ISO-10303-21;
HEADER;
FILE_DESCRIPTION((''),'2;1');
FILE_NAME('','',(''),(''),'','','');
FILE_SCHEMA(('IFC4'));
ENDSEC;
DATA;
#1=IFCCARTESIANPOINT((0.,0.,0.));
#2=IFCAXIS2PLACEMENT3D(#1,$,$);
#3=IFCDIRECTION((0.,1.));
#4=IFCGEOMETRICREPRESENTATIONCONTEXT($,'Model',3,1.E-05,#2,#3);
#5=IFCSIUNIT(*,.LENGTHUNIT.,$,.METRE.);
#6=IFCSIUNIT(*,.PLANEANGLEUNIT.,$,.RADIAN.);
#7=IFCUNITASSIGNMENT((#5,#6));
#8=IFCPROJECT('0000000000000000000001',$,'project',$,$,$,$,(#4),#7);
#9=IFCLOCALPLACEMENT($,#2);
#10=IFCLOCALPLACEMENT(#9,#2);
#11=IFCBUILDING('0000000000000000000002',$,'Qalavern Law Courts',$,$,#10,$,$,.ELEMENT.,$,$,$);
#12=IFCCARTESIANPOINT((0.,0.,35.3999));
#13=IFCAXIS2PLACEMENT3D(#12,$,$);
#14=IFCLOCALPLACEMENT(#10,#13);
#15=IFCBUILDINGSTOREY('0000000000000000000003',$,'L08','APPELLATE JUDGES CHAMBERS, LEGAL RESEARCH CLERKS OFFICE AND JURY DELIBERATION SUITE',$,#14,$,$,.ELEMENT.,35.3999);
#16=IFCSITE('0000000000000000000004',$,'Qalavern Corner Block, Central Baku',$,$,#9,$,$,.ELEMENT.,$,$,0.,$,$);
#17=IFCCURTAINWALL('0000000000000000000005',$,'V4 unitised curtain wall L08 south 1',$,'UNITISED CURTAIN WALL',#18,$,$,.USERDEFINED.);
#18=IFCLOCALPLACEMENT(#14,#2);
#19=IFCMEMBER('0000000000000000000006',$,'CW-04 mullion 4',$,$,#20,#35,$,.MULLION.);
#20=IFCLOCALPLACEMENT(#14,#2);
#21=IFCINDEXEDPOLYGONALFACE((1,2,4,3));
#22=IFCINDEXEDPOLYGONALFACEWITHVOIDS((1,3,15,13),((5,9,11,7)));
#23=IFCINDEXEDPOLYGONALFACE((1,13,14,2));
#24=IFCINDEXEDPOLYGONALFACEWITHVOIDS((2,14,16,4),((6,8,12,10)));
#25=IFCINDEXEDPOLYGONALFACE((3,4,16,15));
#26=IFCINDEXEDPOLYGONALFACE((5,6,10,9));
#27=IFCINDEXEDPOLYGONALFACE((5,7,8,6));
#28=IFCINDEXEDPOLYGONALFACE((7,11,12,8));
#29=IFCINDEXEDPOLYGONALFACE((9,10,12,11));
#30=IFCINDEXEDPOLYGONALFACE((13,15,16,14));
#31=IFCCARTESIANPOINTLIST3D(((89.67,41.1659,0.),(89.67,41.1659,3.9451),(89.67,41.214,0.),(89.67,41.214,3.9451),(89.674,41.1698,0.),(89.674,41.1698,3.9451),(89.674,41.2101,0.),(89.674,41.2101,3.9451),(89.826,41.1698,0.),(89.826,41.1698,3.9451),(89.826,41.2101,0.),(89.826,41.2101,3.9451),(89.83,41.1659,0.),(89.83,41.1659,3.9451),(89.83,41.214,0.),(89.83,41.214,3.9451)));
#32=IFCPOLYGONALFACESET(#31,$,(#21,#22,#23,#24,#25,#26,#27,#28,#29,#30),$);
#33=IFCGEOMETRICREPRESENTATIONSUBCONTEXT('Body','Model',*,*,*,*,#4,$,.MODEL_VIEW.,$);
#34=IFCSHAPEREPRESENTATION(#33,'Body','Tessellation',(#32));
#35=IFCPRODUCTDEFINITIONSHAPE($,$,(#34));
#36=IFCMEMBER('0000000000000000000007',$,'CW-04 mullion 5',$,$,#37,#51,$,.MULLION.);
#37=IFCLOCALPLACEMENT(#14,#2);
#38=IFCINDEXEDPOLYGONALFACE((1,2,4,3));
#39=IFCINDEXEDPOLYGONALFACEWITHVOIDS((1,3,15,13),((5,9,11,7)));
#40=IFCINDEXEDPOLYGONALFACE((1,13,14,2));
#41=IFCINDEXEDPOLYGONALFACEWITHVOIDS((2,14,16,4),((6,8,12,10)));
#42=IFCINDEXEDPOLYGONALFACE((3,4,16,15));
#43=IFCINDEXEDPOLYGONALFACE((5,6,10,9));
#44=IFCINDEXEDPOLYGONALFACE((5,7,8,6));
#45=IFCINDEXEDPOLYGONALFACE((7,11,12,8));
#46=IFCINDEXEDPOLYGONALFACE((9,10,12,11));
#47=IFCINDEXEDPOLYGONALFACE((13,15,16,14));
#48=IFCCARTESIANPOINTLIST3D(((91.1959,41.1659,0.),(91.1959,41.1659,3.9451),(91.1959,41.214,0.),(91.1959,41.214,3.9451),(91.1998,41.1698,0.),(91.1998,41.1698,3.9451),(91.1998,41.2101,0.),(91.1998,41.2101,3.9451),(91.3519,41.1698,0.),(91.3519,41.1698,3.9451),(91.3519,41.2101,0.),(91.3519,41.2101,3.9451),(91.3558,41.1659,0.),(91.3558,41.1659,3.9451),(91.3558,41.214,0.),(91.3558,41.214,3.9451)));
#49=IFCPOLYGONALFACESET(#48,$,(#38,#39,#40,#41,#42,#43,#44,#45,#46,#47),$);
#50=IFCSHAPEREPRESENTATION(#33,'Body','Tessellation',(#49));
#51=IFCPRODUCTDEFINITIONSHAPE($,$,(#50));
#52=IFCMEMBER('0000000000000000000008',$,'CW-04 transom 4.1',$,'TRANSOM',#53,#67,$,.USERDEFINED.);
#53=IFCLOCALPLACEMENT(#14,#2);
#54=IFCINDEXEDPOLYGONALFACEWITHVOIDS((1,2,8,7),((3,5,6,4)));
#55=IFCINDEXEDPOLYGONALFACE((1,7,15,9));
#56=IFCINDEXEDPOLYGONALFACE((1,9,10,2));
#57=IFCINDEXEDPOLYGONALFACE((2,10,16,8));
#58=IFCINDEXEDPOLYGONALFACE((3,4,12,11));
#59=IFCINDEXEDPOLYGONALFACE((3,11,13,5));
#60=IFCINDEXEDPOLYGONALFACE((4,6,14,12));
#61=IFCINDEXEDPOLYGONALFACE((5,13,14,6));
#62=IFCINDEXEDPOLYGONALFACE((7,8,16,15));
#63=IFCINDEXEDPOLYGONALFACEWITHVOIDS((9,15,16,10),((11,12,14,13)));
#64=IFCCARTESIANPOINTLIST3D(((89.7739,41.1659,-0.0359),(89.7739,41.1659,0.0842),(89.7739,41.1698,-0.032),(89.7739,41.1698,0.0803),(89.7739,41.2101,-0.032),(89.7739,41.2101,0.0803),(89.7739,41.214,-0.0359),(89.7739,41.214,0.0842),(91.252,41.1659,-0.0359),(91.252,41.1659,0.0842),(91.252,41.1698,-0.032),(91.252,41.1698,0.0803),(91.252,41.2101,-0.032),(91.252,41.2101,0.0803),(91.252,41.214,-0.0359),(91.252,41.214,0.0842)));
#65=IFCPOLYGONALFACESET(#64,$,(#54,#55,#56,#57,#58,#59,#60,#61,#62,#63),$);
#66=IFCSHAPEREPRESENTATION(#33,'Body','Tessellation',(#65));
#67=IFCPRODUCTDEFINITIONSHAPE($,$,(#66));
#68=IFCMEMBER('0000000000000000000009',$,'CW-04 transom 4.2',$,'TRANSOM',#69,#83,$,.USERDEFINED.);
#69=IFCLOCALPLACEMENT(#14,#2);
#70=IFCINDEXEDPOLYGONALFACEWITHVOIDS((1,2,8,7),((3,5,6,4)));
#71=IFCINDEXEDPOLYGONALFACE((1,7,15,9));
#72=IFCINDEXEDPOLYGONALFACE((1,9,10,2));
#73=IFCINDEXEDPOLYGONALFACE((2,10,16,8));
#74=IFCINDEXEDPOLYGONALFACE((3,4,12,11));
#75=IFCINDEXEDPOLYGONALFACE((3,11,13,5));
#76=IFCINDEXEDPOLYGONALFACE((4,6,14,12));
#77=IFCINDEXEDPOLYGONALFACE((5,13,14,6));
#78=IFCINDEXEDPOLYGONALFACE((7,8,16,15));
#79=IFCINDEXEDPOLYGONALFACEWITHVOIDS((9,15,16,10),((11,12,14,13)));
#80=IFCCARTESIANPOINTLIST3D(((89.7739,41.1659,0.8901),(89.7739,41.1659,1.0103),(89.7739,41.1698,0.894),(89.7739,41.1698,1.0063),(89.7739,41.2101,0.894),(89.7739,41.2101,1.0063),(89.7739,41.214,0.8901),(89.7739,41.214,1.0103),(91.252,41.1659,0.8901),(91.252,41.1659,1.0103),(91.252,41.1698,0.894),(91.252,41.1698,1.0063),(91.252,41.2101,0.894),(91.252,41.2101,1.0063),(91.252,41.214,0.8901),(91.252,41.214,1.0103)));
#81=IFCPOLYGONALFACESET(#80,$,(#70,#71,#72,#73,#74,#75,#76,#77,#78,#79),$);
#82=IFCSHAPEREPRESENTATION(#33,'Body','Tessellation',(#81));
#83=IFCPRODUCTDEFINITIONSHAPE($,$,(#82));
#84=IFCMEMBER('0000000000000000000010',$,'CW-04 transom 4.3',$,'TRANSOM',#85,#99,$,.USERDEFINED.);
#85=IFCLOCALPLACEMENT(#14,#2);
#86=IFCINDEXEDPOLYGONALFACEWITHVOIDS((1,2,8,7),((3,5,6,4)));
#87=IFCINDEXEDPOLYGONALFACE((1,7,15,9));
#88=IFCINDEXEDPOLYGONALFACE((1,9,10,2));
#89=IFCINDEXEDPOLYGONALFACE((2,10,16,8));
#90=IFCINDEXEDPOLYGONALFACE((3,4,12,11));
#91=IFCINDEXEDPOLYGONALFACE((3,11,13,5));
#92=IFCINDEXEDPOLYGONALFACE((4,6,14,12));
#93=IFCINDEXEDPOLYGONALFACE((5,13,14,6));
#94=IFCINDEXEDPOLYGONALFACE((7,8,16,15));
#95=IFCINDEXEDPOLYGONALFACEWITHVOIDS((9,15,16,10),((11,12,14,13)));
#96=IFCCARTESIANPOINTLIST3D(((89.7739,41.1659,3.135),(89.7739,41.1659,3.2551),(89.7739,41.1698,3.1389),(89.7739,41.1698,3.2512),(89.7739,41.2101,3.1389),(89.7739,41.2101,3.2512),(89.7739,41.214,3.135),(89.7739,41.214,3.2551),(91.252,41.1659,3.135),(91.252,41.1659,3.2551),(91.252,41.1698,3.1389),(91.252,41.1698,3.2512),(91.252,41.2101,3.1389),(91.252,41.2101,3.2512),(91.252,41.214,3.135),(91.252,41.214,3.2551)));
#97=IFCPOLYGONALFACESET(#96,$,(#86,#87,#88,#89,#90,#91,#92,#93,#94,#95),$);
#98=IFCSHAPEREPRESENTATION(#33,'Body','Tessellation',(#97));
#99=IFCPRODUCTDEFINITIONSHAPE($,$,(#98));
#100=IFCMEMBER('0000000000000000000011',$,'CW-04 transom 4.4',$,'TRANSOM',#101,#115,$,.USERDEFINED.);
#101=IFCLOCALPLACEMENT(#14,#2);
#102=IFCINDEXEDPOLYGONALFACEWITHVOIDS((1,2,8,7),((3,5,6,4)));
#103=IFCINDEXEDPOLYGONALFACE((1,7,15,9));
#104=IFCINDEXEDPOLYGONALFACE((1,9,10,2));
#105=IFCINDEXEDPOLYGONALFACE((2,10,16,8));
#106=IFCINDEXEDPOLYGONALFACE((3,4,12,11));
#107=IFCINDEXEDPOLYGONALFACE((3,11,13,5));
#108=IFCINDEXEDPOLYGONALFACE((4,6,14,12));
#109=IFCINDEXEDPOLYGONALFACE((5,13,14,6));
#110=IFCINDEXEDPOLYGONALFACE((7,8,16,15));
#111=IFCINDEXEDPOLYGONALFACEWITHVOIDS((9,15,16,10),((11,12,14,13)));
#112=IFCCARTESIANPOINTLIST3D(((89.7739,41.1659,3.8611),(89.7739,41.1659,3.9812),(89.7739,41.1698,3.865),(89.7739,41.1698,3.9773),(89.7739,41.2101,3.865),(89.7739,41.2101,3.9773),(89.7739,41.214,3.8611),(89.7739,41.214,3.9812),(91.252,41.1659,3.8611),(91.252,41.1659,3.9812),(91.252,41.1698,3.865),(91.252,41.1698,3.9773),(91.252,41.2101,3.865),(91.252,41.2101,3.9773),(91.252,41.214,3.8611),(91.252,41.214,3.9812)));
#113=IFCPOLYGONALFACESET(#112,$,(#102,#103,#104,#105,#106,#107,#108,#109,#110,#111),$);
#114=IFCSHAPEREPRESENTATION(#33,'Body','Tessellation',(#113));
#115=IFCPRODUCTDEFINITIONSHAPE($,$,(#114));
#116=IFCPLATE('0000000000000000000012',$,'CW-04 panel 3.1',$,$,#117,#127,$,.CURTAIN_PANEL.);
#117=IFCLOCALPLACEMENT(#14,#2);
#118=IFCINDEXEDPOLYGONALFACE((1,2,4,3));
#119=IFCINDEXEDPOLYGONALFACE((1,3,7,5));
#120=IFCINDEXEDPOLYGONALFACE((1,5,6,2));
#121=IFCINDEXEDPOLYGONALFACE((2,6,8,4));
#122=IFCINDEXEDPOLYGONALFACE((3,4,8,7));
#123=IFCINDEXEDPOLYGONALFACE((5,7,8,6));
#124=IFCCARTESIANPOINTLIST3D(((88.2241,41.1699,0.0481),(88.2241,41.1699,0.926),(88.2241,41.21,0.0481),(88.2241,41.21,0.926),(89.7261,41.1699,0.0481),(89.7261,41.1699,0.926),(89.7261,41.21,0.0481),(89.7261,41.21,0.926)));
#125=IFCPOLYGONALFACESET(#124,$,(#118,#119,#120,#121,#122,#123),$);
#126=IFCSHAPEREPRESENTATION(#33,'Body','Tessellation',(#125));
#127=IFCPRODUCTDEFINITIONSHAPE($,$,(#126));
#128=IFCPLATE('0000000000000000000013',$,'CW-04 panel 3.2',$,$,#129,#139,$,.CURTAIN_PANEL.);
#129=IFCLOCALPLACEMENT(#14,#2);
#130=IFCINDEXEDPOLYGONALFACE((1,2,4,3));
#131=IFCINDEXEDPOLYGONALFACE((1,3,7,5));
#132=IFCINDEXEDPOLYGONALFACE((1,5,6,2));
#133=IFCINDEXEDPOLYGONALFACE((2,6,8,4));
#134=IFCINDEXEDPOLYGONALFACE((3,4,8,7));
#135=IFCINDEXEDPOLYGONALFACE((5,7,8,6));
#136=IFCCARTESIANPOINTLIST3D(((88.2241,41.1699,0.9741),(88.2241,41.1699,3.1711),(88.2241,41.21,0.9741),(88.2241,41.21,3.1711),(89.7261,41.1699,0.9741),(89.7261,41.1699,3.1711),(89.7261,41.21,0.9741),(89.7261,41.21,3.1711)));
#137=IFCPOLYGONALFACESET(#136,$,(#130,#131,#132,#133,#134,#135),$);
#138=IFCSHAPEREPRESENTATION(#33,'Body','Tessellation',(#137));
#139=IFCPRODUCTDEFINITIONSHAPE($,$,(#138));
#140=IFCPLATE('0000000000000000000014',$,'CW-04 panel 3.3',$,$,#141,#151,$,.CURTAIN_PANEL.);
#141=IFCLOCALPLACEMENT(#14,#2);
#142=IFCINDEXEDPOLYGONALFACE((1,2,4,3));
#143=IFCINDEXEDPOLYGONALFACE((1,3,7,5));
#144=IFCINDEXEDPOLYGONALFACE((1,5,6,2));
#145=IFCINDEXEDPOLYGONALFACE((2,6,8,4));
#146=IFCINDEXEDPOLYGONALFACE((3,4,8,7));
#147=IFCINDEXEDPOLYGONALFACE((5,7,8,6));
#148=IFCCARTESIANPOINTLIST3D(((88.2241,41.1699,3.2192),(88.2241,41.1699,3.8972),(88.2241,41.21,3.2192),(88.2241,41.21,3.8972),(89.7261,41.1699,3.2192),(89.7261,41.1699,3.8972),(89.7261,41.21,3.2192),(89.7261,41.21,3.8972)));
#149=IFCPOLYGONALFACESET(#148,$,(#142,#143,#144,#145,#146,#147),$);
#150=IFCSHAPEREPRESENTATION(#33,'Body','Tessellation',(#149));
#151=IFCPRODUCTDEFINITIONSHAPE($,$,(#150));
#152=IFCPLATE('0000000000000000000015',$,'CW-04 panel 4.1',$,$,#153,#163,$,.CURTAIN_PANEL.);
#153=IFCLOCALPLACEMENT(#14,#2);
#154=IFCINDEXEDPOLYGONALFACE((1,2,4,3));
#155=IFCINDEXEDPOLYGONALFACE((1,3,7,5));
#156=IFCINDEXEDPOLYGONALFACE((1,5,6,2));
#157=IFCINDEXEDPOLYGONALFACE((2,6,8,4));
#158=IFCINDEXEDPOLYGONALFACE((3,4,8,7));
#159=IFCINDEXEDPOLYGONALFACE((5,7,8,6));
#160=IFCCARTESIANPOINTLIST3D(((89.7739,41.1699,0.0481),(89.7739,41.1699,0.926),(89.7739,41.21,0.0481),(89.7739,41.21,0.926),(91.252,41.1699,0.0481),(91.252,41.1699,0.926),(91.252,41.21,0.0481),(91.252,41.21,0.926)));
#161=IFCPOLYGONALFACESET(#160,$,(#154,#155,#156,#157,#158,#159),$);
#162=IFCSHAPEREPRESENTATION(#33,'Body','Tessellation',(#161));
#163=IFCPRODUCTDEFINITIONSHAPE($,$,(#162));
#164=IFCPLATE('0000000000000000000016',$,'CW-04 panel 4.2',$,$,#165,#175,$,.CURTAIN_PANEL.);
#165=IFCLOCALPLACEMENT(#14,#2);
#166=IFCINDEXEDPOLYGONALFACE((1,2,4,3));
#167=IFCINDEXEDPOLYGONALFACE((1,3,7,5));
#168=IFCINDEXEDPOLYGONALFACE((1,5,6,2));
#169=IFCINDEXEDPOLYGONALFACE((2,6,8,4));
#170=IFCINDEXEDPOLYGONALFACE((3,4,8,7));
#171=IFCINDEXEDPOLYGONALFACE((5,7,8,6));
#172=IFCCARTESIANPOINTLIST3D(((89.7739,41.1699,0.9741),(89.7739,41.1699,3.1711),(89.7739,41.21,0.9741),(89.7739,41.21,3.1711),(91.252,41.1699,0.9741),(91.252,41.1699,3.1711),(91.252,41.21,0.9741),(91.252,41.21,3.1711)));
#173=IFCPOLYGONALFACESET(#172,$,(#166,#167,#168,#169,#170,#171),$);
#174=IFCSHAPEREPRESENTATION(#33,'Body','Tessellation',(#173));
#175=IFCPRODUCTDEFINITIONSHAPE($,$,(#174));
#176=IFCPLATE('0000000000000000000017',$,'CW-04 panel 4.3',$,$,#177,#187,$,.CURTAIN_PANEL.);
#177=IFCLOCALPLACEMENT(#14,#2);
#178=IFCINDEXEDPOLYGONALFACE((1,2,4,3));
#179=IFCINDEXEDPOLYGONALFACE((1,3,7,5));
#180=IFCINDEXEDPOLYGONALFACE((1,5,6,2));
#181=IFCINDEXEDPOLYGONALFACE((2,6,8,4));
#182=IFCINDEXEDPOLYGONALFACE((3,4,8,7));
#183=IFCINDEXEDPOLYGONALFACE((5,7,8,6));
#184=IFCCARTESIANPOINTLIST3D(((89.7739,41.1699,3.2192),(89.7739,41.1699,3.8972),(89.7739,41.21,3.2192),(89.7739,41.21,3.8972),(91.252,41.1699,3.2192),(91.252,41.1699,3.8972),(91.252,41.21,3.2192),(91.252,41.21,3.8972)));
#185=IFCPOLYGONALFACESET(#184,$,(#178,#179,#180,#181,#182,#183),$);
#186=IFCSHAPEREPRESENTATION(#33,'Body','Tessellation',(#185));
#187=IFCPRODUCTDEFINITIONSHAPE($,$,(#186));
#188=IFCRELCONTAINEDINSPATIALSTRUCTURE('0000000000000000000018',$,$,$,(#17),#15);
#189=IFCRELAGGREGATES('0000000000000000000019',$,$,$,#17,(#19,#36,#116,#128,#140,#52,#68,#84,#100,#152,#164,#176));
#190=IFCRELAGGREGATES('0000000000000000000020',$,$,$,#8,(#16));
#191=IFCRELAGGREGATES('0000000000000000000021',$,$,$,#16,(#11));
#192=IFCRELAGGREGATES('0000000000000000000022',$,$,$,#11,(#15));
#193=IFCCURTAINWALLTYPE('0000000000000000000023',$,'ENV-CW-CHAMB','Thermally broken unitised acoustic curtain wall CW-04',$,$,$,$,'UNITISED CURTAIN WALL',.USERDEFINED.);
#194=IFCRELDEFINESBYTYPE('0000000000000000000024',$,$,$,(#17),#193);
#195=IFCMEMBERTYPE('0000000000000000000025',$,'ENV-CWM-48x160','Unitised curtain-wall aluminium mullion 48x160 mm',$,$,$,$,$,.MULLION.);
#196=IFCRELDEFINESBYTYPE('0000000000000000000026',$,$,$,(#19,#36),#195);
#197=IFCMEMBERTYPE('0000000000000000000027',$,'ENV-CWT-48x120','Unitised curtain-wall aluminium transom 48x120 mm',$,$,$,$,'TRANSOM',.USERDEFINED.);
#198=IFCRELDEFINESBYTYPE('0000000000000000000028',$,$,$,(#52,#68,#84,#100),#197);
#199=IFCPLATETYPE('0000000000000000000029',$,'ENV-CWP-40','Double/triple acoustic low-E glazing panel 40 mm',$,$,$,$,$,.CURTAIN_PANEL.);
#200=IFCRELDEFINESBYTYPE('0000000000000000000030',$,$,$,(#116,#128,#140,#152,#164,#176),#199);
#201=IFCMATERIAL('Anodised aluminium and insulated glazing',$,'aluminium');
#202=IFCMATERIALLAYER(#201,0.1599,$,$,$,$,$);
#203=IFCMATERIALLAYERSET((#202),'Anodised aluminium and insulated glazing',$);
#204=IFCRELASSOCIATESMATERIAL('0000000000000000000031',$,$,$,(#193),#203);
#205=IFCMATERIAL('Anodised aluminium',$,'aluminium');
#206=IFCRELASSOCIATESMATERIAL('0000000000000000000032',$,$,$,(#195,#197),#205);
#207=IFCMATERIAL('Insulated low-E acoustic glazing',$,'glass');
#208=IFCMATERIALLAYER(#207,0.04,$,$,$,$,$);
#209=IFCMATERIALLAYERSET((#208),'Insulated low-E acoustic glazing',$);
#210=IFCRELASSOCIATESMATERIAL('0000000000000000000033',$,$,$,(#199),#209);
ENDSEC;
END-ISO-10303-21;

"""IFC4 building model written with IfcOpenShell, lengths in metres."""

from ifc_helpers import new_model, si_unit, direction, frame, origin, origin_2d, place, context, subcontext, project, spatial, rectangle, hollow_rectangle, extrude, material, layer, layer_set, material_profile, profile_set, type_object, element, aggregate, save


model = new_model("IFC4")

# Units and contexts
model_context = context("Model", 3, precision=1e-05, world=origin(), true_north=direction((0.0, 1.0)))
body_context = subcontext(model_context, "Body", "Model", "MODEL_VIEW")
ifc_project = project(units=[si_unit("LENGTHUNIT", "METRE"), si_unit("PLANEANGLEUNIT", "RADIAN")], contexts=[model_context])

# Site, building, storey
site_placement = place(None, origin())
site = spatial("IfcSite", under=ifc_project, at=site_placement, Name="Qalavern Corner Block, Central Baku", CompositionType="ELEMENT", RefElevation=0.0)
building_placement = place(site_placement, origin())
building = spatial("IfcBuilding", under=site, at=building_placement, Name="Qalavern Law Courts", CompositionType="ELEMENT")
storey_placement = place(building_placement, frame((0.0, 0.0, 35.3999)))
storey = spatial("IfcBuildingStorey", under=building, at=storey_placement, Name="L08", Description="APPELLATE JUDGES CHAMBERS, LEGAL RESEARCH CLERKS OFFICE AND JURY DELIBERATION SUITE", CompositionType="ELEMENT", Elevation=35.3999)

# Curtain wall, members, plates
ifc_material_1 = material(Name="Anodised aluminium and insulated glazing", Category="aluminium")
ifc_layer_1 = layer(ifc_material_1, 0.1599)
ifc_layer_set_1 = layer_set([ifc_layer_1], Name="Anodised aluminium and insulated glazing")
curtain_wall_type = type_object("IfcCurtainWallType", Name="ENV-CW-CHAMB", Description="Thermally broken unitised acoustic curtain wall CW-04", ElementType="UNITISED CURTAIN WALL", PredefinedType="USERDEFINED", material=ifc_layer_set_1)
curtain_wall_placement = place(storey_placement, origin())
curtain_wall = element("IfcCurtainWall", 1, at=curtain_wall_placement, inside=storey, type_object=curtain_wall_type, Name="V4 unitised curtain wall L08 south 1", ObjectType="UNITISED CURTAIN WALL", PredefinedType="USERDEFINED")
ifc_material_2 = material(Name="Anodised aluminium", Category="aluminium")
ifc_material_profile_1 = material_profile(ifc_material_2, hollow_rectangle(XDim=0.0481, YDim=0.1599, WallThickness=0.0039, at=origin_2d()), Name="ALU MULLION 48x160")
ifc_profile_set_1 = profile_set([ifc_material_profile_1], Name="Anodised aluminium")
member_type_1 = type_object("IfcMemberType", Name="ENV-CWM-48x160", Description="Unitised curtain-wall aluminium mullion 48x160 mm", PredefinedType="MULLION", material=ifc_profile_set_1)
member_1_placement = place(storey_placement, frame((89.75, 41.1899, 0.0), z_axis=(0.0, 0.0, 1.0), x_axis=(0.0, 1.0, 0.0)))
member_1 = element("IfcMember", 2, at=member_1_placement, type_object=member_type_1, Name="CW-04 mullion 4", PredefinedType="MULLION", context=body_context, shape_type="SweptSolid", body=[
    extrude(hollow_rectangle(XDim=0.0481, YDim=0.1599, WallThickness=0.0039, at=origin_2d()), origin(), (0.0, 0.0, 1.0), 3.9451),
])
member_2_placement = place(storey_placement, frame((91.2759, 41.1899, 0.0), z_axis=(0.0, 0.0, 1.0), x_axis=(0.0, 1.0, 0.0)))
member_2 = element("IfcMember", 3, at=member_2_placement, type_object=member_type_1, Name="CW-04 mullion 5", PredefinedType="MULLION", context=body_context, shape_type="SweptSolid", body=[
    extrude(hollow_rectangle(XDim=0.0481, YDim=0.1599, WallThickness=0.0039, at=origin_2d()), origin(), (0.0, 0.0, 1.0), 3.9451),
])
ifc_material_profile_2 = material_profile(ifc_material_2, hollow_rectangle(XDim=0.0481, YDim=0.1201, WallThickness=0.0039, at=origin_2d()), Name="ALU TRANSOM 48x120")
ifc_profile_set_2 = profile_set([ifc_material_profile_2], Name="Anodised aluminium")
member_type_2 = type_object("IfcMemberType", Name="ENV-CWT-48x120", Description="Unitised curtain-wall aluminium transom 48x120 mm", ElementType="TRANSOM", PredefinedType="USERDEFINED", material=ifc_profile_set_2)
member_3_placement = place(storey_placement, frame((89.7739, 41.1899, 0.0242), z_axis=(1.0, 0.0, 0.0), x_axis=(0.0, 1.0, 0.0)))
member_3 = element("IfcMember", 4, at=member_3_placement, type_object=member_type_2, Name="CW-04 transom 4.1", ObjectType="TRANSOM", PredefinedType="USERDEFINED", context=body_context, shape_type="SweptSolid", body=[
    extrude(hollow_rectangle(XDim=0.0481, YDim=0.1201, WallThickness=0.0039, at=origin_2d()), origin(), (0.0, 0.0, 1.0), 1.478),
])
member_4_placement = place(storey_placement, frame((89.7739, 41.1899, 0.9502), z_axis=(1.0, 0.0, 0.0), x_axis=(0.0, 1.0, 0.0)))
member_4 = element("IfcMember", 5, at=member_4_placement, type_object=member_type_2, Name="CW-04 transom 4.2", ObjectType="TRANSOM", PredefinedType="USERDEFINED", context=body_context, shape_type="SweptSolid", body=[
    extrude(hollow_rectangle(XDim=0.0481, YDim=0.1201, WallThickness=0.0039, at=origin_2d()), origin(), (0.0, 0.0, 1.0), 1.478),
])
member_5_placement = place(storey_placement, frame((89.7739, 41.1899, 3.1951), z_axis=(1.0, 0.0, 0.0), x_axis=(0.0, 1.0, 0.0)))
member_5 = element("IfcMember", 6, at=member_5_placement, type_object=member_type_2, Name="CW-04 transom 4.3", ObjectType="TRANSOM", PredefinedType="USERDEFINED", context=body_context, shape_type="SweptSolid", body=[
    extrude(hollow_rectangle(XDim=0.0481, YDim=0.1201, WallThickness=0.0039, at=origin_2d()), origin(), (0.0, 0.0, 1.0), 1.478),
])
member_6_placement = place(storey_placement, frame((89.7739, 41.1899, 3.9211), z_axis=(1.0, 0.0, 0.0), x_axis=(0.0, 1.0, 0.0)))
member_6 = element("IfcMember", 7, at=member_6_placement, type_object=member_type_2, Name="CW-04 transom 4.4", ObjectType="TRANSOM", PredefinedType="USERDEFINED", context=body_context, shape_type="SweptSolid", body=[
    extrude(hollow_rectangle(XDim=0.0481, YDim=0.1201, WallThickness=0.0039, at=origin_2d()), origin(), (0.0, 0.0, 1.0), 1.478),
])
ifc_material_3 = material(Name="Insulated low-E acoustic glazing", Category="glass")
ifc_layer_2 = layer(ifc_material_3, 0.04)
ifc_layer_set_2 = layer_set([ifc_layer_2], Name="Insulated low-E acoustic glazing")
plate_type = type_object("IfcPlateType", Name="ENV-CWP-40", Description="Double/triple acoustic low-E glazing panel 40 mm", PredefinedType="CURTAIN_PANEL", material=ifc_layer_set_2)
plate_1_placement = place(storey_placement, frame((88.9751, 41.1899, 0.0481), z_axis=(0.0, 0.0, 1.0), x_axis=(1.0, 0.0, 0.0)))
plate_1 = element("IfcPlate", 8, at=plate_1_placement, type_object=plate_type, Name="CW-04 panel 3.1", PredefinedType="CURTAIN_PANEL", context=body_context, shape_type="SweptSolid", body=[
    extrude(rectangle(XDim=1.502, YDim=0.04, at=origin_2d()), origin(), (0.0, 0.0, 1.0), 0.8779),
])
plate_2_placement = place(storey_placement, frame((88.9751, 41.1899, 0.9741), z_axis=(0.0, 0.0, 1.0), x_axis=(1.0, 0.0, 0.0)))
plate_2 = element("IfcPlate", 9, at=plate_2_placement, type_object=plate_type, Name="CW-04 panel 3.2", PredefinedType="CURTAIN_PANEL", context=body_context, shape_type="SweptSolid", body=[
    extrude(rectangle(XDim=1.502, YDim=0.04, at=origin_2d()), origin(), (0.0, 0.0, 1.0), 2.197),
])
plate_3_placement = place(storey_placement, frame((88.9751, 41.1899, 3.2192), z_axis=(0.0, 0.0, 1.0), x_axis=(1.0, 0.0, 0.0)))
plate_3 = element("IfcPlate", 10, at=plate_3_placement, type_object=plate_type, Name="CW-04 panel 3.3", PredefinedType="CURTAIN_PANEL", context=body_context, shape_type="SweptSolid", body=[
    extrude(rectangle(XDim=1.502, YDim=0.04, at=origin_2d()), origin(), (0.0, 0.0, 1.0), 0.678),
])
plate_4_placement = place(storey_placement, frame((90.5129, 41.1899, 0.0481), z_axis=(0.0, 0.0, 1.0), x_axis=(1.0, 0.0, 0.0)))
plate_4 = element("IfcPlate", 11, at=plate_4_placement, type_object=plate_type, Name="CW-04 panel 4.1", PredefinedType="CURTAIN_PANEL", context=body_context, shape_type="SweptSolid", body=[
    extrude(rectangle(XDim=1.478, YDim=0.04, at=origin_2d()), origin(), (0.0, 0.0, 1.0), 0.8779),
])
plate_5_placement = place(storey_placement, frame((90.5129, 41.1899, 0.9741), z_axis=(0.0, 0.0, 1.0), x_axis=(1.0, 0.0, 0.0)))
plate_5 = element("IfcPlate", 12, at=plate_5_placement, type_object=plate_type, Name="CW-04 panel 4.2", PredefinedType="CURTAIN_PANEL", context=body_context, shape_type="SweptSolid", body=[
    extrude(rectangle(XDim=1.478, YDim=0.04, at=origin_2d()), origin(), (0.0, 0.0, 1.0), 2.197),
])
plate_6_placement = place(storey_placement, frame((90.5129, 41.1899, 3.2192), z_axis=(0.0, 0.0, 1.0), x_axis=(1.0, 0.0, 0.0)))
plate_6 = element("IfcPlate", 13, at=plate_6_placement, type_object=plate_type, Name="CW-04 panel 4.3", PredefinedType="CURTAIN_PANEL", context=body_context, shape_type="SweptSolid", body=[
    extrude(rectangle(XDim=1.478, YDim=0.04, at=origin_2d()), origin(), (0.0, 0.0, 1.0), 0.678),
])
aggregate(curtain_wall, [member_1, member_2, plate_1, plate_2, plate_3, member_3, member_4, member_5, member_6, plate_4, plate_5, plate_6])

save(model, "model.ifc")
